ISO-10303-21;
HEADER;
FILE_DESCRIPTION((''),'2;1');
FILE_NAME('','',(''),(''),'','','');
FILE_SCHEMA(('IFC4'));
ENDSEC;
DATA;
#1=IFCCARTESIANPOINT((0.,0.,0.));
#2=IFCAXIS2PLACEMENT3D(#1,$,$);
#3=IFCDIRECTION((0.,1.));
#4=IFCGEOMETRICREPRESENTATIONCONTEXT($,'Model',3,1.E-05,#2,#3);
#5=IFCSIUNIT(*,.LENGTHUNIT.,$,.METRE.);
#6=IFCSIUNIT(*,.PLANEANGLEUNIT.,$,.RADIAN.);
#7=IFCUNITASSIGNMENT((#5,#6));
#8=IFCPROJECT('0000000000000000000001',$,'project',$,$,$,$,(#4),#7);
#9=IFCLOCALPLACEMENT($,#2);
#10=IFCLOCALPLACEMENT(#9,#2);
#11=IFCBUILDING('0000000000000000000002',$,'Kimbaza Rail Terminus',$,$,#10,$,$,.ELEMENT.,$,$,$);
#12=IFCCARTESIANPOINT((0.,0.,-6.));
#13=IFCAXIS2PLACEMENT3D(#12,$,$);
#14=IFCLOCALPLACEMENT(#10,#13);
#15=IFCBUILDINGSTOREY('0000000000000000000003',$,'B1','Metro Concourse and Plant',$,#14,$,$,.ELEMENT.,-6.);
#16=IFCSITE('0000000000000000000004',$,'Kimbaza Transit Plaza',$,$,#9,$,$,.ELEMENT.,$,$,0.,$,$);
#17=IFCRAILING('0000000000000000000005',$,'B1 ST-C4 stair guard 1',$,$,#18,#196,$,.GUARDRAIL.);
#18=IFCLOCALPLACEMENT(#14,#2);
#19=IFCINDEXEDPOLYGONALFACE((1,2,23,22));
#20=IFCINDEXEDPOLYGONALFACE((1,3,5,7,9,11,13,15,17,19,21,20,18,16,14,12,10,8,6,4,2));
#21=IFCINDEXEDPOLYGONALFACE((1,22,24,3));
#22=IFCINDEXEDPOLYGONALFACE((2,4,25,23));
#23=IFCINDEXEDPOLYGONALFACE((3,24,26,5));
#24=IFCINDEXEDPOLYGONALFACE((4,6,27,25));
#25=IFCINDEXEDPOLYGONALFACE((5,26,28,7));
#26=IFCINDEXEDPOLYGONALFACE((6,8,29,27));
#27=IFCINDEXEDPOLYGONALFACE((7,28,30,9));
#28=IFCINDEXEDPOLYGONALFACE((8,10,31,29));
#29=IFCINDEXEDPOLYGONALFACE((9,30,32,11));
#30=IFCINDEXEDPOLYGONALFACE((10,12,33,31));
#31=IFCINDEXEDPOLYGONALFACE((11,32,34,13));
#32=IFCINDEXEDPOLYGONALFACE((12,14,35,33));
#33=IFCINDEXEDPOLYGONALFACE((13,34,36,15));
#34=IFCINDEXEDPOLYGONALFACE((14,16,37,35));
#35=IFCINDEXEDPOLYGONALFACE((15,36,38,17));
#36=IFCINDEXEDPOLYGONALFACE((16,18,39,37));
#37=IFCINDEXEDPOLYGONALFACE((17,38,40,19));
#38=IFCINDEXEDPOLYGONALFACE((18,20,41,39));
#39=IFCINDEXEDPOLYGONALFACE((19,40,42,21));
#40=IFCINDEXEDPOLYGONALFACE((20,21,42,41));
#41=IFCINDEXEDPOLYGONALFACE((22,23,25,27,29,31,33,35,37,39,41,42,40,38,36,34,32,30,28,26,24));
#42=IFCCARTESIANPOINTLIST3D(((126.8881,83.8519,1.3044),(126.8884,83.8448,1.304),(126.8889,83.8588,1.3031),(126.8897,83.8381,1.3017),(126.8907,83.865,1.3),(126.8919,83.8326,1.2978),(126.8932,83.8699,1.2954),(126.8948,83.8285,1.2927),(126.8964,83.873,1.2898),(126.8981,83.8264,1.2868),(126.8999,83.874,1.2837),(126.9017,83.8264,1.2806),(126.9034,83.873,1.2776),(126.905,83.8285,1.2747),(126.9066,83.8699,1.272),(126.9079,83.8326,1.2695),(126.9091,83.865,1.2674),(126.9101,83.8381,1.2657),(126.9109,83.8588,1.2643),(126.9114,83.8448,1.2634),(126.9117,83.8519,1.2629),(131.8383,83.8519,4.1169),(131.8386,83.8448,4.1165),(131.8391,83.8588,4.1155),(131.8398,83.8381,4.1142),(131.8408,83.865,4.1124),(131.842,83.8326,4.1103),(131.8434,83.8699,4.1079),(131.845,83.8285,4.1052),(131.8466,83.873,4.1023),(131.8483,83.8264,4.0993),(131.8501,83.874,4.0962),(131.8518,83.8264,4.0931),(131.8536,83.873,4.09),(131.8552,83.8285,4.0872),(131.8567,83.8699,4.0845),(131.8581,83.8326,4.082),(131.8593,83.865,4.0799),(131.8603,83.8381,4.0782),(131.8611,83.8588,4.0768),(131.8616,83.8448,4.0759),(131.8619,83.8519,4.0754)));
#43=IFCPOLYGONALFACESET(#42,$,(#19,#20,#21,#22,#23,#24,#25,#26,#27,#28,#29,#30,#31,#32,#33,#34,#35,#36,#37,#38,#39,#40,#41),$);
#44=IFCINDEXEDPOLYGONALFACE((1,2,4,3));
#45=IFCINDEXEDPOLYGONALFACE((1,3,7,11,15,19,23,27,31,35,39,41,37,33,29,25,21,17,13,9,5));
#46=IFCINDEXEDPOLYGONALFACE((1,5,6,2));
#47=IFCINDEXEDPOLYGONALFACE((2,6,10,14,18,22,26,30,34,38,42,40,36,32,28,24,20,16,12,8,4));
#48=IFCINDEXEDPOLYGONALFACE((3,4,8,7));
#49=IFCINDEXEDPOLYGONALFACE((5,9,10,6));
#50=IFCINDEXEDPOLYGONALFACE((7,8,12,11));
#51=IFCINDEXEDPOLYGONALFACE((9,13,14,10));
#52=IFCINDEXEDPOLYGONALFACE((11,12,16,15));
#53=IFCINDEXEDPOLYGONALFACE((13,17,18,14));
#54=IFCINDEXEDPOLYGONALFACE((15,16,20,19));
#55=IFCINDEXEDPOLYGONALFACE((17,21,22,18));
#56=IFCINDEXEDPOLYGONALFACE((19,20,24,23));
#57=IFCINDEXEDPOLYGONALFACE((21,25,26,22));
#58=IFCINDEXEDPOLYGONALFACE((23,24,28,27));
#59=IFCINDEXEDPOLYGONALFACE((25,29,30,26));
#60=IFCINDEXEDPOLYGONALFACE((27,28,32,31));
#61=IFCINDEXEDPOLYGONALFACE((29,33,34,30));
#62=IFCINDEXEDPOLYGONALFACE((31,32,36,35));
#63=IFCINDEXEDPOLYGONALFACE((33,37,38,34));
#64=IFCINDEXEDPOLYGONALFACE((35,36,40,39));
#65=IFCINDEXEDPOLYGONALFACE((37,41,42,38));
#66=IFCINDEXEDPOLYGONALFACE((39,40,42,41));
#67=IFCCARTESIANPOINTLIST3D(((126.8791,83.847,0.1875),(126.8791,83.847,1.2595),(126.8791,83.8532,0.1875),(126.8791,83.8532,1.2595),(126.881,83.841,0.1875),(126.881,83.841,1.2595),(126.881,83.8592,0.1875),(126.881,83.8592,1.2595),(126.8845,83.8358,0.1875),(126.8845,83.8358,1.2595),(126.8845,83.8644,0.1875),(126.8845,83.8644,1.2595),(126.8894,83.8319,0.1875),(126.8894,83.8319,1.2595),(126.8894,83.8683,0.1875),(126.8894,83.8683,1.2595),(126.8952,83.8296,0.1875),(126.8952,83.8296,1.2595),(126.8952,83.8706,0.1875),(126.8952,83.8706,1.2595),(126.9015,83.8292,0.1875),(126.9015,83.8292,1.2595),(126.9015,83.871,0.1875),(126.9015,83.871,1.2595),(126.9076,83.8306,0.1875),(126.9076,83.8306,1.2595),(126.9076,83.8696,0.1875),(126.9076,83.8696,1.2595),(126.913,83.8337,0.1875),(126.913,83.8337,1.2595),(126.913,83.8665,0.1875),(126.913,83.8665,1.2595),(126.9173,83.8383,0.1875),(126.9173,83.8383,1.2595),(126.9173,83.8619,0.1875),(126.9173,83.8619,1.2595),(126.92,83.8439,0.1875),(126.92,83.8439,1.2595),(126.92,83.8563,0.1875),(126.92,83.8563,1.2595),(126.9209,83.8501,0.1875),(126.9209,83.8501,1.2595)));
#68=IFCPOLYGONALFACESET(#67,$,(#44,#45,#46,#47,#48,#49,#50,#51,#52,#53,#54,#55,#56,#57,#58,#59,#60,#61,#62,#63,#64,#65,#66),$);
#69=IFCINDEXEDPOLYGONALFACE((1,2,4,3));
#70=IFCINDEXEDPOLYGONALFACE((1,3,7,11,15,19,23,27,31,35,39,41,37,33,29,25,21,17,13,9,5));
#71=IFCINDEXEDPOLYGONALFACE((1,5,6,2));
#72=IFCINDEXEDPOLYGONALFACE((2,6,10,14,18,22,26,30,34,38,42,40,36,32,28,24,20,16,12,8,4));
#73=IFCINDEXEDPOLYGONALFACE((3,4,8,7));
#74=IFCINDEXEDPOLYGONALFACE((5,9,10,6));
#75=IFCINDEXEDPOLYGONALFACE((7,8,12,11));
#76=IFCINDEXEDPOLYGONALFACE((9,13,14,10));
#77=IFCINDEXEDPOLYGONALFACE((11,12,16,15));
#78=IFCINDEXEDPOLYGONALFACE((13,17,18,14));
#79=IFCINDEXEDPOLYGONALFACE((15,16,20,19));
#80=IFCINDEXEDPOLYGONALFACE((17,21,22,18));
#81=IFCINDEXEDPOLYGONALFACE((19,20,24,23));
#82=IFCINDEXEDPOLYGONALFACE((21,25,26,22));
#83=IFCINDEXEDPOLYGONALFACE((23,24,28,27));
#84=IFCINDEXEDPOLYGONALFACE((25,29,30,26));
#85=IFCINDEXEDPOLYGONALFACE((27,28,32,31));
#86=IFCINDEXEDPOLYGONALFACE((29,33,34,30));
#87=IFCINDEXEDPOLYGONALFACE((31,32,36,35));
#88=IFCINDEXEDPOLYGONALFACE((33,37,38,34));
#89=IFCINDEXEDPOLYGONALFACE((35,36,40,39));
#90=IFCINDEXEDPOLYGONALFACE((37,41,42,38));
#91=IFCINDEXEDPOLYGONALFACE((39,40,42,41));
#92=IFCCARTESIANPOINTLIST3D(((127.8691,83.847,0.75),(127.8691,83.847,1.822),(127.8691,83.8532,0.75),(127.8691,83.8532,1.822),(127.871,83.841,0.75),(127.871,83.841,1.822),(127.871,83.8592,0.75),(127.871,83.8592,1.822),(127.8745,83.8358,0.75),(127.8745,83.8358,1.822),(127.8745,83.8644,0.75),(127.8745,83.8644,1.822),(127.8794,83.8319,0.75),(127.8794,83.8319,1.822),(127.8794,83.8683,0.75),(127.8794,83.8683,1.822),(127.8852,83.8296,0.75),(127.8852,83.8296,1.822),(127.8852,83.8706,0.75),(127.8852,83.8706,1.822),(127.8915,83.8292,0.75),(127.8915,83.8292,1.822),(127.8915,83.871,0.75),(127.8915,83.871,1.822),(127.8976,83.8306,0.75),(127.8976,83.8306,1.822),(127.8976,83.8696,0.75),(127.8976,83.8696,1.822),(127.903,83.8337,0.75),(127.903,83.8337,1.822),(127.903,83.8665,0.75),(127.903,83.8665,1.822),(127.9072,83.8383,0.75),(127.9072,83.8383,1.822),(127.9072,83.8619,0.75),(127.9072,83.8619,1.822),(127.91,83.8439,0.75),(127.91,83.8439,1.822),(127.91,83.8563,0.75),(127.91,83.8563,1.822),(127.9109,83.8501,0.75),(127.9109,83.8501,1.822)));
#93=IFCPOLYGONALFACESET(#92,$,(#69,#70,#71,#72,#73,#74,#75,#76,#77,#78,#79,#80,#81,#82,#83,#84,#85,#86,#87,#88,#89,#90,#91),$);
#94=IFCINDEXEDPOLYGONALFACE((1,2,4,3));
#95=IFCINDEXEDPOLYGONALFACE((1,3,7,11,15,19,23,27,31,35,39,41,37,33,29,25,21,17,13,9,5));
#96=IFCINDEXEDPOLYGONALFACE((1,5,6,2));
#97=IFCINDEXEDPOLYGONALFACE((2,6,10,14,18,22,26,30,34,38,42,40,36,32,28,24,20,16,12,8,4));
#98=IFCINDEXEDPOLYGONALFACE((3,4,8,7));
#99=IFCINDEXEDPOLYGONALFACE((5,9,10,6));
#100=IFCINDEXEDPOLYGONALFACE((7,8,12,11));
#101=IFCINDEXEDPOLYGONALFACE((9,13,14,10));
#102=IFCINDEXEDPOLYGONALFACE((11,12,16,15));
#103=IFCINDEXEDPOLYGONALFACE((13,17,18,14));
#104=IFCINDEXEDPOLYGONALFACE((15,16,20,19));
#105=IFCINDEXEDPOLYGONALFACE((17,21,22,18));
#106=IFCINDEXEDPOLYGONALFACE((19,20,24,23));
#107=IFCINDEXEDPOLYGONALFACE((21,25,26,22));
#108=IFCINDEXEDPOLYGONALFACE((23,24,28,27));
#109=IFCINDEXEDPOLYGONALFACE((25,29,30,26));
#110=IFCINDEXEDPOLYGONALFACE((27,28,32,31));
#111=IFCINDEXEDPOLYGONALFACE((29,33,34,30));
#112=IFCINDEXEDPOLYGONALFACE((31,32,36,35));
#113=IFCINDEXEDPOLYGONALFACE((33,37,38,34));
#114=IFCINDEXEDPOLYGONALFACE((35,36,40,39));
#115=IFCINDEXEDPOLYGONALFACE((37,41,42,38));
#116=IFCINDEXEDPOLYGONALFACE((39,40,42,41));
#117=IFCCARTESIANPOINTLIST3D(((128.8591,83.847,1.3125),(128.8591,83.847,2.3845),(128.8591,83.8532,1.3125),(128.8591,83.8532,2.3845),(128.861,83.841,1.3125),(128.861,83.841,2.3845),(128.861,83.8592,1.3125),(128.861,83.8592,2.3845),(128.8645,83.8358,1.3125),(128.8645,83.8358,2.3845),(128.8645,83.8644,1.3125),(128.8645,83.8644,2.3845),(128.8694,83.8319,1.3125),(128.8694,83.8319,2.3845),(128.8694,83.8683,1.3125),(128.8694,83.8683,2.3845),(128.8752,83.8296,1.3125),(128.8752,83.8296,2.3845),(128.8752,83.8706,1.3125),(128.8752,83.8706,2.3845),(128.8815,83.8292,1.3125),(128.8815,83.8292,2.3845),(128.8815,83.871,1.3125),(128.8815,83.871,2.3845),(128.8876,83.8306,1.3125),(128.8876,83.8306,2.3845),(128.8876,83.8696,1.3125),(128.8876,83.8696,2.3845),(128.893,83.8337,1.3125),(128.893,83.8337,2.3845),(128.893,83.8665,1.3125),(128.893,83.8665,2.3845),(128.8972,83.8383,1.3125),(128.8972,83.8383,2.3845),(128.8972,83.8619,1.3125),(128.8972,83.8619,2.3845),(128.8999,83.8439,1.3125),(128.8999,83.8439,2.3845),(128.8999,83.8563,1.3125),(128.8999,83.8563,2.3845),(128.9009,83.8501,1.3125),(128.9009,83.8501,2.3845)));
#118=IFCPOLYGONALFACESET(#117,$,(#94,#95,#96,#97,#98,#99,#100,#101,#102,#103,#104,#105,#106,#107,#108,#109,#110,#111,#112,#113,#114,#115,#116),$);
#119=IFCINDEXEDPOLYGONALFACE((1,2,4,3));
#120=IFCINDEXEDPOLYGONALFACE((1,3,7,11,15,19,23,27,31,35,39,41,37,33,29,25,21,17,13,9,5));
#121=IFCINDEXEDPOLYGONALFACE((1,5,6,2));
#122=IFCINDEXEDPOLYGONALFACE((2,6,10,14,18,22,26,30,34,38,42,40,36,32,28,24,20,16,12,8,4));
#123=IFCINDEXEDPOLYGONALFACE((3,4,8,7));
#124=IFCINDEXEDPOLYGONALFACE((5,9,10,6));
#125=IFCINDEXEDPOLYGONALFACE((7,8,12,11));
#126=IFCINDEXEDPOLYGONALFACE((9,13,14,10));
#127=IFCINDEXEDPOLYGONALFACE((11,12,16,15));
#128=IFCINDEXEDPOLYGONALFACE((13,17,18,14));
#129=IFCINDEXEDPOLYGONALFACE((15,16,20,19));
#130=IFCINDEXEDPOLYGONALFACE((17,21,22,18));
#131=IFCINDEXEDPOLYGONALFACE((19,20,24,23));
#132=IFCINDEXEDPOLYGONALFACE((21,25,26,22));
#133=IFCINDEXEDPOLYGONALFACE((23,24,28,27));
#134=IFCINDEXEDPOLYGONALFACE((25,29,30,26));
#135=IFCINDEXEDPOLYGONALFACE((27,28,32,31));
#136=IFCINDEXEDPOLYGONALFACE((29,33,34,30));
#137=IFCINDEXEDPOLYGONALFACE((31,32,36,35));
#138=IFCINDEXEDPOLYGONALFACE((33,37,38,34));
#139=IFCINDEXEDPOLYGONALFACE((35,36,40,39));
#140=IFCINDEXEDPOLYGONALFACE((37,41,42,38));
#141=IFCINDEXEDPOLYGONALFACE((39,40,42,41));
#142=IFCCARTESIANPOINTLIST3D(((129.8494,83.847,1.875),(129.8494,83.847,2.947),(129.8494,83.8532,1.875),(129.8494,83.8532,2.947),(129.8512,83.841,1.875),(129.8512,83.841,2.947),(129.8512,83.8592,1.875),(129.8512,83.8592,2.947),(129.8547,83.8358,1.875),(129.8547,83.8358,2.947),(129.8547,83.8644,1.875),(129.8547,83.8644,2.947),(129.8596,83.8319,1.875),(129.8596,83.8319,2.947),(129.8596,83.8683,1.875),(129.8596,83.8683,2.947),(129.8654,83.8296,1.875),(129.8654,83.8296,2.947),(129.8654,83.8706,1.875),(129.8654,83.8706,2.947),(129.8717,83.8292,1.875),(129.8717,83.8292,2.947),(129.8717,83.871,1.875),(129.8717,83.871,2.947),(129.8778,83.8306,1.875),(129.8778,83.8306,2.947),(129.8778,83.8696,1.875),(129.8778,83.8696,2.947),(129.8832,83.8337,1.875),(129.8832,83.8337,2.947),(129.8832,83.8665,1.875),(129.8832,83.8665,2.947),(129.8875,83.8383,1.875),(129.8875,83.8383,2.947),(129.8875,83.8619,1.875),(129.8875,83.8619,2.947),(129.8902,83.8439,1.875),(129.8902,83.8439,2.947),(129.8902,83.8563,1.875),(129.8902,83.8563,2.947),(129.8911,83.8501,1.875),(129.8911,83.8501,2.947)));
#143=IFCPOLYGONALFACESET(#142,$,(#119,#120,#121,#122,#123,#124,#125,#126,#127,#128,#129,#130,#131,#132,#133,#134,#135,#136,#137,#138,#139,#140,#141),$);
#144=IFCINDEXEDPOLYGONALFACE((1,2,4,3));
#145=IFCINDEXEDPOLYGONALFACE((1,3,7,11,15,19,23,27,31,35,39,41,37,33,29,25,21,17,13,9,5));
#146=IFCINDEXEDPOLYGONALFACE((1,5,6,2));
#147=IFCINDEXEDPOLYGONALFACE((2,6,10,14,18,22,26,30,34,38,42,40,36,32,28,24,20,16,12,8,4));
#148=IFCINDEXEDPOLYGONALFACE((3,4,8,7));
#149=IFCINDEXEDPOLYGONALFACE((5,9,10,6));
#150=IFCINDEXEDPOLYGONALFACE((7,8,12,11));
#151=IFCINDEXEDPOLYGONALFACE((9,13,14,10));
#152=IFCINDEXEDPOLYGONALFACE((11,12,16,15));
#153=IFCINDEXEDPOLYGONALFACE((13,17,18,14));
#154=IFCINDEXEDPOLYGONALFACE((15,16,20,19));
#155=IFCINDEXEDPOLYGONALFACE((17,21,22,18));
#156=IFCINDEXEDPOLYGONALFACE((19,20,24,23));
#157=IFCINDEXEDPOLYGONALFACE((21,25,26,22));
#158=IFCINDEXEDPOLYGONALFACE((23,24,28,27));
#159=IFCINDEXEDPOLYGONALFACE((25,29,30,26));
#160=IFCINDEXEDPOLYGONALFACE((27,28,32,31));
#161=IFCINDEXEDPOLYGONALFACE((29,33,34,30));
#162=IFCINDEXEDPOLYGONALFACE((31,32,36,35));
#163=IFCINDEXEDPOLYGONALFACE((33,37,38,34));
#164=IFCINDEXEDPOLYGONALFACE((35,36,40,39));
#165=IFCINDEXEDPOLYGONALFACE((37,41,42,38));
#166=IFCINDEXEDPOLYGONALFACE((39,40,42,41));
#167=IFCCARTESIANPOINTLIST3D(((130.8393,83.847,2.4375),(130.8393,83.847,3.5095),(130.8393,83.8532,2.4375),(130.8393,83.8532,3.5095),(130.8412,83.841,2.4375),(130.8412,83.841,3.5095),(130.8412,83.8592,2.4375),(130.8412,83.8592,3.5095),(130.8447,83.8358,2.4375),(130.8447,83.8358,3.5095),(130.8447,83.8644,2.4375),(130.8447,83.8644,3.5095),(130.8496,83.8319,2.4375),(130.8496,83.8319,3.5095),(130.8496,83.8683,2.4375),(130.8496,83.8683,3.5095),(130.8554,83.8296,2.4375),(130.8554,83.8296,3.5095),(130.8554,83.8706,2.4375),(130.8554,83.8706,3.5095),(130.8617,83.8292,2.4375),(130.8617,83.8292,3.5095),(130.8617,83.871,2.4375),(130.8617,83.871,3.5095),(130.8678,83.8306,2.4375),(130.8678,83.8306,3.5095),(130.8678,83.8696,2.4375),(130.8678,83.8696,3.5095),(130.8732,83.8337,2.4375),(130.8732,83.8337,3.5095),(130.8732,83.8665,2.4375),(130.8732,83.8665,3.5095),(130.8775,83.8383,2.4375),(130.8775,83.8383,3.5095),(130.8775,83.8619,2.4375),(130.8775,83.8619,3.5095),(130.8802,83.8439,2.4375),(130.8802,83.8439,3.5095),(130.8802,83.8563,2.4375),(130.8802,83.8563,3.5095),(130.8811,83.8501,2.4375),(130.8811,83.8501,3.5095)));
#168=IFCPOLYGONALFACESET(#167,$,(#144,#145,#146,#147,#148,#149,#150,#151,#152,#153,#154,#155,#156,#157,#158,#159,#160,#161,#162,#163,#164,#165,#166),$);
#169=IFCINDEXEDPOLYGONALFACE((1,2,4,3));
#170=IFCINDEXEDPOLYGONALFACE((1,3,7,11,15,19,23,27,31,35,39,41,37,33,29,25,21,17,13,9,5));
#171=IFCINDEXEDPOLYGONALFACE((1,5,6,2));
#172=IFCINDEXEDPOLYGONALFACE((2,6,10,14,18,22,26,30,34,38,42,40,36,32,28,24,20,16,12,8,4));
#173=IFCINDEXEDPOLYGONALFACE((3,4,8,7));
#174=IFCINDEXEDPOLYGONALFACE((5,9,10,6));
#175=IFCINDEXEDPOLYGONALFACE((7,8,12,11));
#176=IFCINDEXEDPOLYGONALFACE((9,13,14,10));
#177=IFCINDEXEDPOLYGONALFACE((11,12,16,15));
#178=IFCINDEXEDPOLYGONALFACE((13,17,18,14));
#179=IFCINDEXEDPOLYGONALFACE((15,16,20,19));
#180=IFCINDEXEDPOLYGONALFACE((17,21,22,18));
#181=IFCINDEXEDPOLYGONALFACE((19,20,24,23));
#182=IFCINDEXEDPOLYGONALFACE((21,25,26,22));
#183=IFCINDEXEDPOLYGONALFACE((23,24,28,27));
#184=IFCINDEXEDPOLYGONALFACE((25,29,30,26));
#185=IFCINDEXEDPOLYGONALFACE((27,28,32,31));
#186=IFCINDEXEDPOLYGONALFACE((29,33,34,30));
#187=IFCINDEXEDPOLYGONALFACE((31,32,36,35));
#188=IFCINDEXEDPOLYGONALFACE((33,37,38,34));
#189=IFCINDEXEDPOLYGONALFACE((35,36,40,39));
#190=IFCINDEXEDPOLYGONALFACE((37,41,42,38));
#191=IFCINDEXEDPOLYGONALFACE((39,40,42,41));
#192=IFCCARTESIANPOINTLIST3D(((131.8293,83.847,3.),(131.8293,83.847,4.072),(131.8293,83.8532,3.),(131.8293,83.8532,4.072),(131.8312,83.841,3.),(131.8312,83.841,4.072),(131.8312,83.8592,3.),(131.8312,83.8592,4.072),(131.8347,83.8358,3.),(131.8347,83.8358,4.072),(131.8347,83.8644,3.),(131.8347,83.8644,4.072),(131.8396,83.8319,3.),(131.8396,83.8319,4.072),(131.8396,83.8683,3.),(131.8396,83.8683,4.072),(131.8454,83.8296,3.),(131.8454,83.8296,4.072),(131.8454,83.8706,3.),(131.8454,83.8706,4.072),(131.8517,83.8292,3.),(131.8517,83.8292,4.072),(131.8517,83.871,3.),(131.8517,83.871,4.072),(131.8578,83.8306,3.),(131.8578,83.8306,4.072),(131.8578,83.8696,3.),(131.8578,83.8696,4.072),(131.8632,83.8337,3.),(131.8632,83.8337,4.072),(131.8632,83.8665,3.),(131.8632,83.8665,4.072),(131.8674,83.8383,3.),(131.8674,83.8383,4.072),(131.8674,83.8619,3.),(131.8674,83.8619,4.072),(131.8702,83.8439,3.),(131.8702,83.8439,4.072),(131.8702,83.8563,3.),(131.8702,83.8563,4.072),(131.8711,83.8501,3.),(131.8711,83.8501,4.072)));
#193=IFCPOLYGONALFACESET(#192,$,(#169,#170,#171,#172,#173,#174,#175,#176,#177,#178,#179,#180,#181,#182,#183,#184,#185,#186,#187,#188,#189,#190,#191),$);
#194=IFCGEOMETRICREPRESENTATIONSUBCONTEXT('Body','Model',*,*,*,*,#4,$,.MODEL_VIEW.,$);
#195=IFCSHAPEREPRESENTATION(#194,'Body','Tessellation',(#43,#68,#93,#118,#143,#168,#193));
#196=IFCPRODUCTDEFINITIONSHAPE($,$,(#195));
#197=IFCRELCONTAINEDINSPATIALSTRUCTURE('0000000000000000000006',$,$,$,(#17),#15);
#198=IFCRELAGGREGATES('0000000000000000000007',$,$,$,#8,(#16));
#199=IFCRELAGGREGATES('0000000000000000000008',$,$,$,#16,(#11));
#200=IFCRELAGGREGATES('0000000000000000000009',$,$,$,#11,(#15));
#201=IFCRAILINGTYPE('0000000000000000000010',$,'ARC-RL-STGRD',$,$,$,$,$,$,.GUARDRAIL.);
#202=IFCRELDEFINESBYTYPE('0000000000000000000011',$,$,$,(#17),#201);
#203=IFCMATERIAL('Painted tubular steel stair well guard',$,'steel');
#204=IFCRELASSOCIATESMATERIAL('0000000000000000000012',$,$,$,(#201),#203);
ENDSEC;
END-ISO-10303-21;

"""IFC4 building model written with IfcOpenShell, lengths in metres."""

from ifc_helpers import new_model, si_unit, direction, frame, origin, origin_2d, place, context, subcontext, project, spatial, circle, extrude, material, type_object, element, save


model = new_model("IFC4")

# Units and contexts
model_context = context("Model", 3, precision=1e-05, world=origin(), true_north=direction((0.0, 1.0)))
body_context = subcontext(model_context, "Body", "Model", "MODEL_VIEW")
ifc_project = project(units=[si_unit("LENGTHUNIT", "METRE"), si_unit("PLANEANGLEUNIT", "RADIAN")], contexts=[model_context])

# Site, building, storey
site_placement = place(None, origin())
site = spatial("IfcSite", under=ifc_project, at=site_placement, Name="Kimbaza Transit Plaza", CompositionType="ELEMENT", RefElevation=0.0)
building_placement = place(site_placement, origin())
building = spatial("IfcBuilding", under=site, at=building_placement, Name="Kimbaza Rail Terminus", CompositionType="ELEMENT")
storey_placement = place(building_placement, frame((0.0, 0.0, -6.0)))
storey = spatial("IfcBuildingStorey", under=building, at=storey_placement, Name="B1", Description="Metro Concourse and Plant", CompositionType="ELEMENT", Elevation=-6.0)

# Railing
ifc_material_1 = material(Name="Painted tubular steel stair well guard", Category="steel")
railing_type_1 = type_object("IfcRailingType", Name="ARC-RL-STGRD", PredefinedType="GUARDRAIL", material=ifc_material_1)
railing_1_placement = place(storey_placement, frame((126.8999, 83.8501, 0.1875)))
element("IfcRailing", 1, at=railing_1_placement, inside=storey, type_object=railing_type_1, Name="B1 ST-C4 stair guard 1", PredefinedType="GUARDRAIL", context=body_context, shape_type="SweptSolid", body=[
    extrude(circle(Radius=0.0239, at=origin_2d()), frame((0.0, 0.0, 1.0962), z_axis=(0.869465, 0.0, 0.493995), x_axis=(0.0, 1.0, 0.0)), (0.0, 0.0, 1.0), 5.6934),
    extrude(circle(Radius=0.021, at=origin_2d()), origin(), (0.0, 0.0, 1.0), 1.072),
    extrude(circle(Radius=0.021, at=origin_2d()), frame((0.99, 0.0, 0.5625)), (0.0, 0.0, 1.0), 1.072),
    extrude(circle(Radius=0.021, at=origin_2d()), frame((1.98, 0.0, 1.125)), (0.0, 0.0, 1.0), 1.072),
    extrude(circle(Radius=0.021, at=origin_2d()), frame((2.9702, 0.0, 1.6875)), (0.0, 0.0, 1.0), 1.072),
    extrude(circle(Radius=0.021, at=origin_2d()), frame((3.9602, 0.0, 2.25)), (0.0, 0.0, 1.0), 1.072),
    extrude(circle(Radius=0.021, at=origin_2d()), frame((4.9502, 0.0, 2.8125)), (0.0, 0.0, 1.0), 1.072),
])

save(model, "model.ifc")
